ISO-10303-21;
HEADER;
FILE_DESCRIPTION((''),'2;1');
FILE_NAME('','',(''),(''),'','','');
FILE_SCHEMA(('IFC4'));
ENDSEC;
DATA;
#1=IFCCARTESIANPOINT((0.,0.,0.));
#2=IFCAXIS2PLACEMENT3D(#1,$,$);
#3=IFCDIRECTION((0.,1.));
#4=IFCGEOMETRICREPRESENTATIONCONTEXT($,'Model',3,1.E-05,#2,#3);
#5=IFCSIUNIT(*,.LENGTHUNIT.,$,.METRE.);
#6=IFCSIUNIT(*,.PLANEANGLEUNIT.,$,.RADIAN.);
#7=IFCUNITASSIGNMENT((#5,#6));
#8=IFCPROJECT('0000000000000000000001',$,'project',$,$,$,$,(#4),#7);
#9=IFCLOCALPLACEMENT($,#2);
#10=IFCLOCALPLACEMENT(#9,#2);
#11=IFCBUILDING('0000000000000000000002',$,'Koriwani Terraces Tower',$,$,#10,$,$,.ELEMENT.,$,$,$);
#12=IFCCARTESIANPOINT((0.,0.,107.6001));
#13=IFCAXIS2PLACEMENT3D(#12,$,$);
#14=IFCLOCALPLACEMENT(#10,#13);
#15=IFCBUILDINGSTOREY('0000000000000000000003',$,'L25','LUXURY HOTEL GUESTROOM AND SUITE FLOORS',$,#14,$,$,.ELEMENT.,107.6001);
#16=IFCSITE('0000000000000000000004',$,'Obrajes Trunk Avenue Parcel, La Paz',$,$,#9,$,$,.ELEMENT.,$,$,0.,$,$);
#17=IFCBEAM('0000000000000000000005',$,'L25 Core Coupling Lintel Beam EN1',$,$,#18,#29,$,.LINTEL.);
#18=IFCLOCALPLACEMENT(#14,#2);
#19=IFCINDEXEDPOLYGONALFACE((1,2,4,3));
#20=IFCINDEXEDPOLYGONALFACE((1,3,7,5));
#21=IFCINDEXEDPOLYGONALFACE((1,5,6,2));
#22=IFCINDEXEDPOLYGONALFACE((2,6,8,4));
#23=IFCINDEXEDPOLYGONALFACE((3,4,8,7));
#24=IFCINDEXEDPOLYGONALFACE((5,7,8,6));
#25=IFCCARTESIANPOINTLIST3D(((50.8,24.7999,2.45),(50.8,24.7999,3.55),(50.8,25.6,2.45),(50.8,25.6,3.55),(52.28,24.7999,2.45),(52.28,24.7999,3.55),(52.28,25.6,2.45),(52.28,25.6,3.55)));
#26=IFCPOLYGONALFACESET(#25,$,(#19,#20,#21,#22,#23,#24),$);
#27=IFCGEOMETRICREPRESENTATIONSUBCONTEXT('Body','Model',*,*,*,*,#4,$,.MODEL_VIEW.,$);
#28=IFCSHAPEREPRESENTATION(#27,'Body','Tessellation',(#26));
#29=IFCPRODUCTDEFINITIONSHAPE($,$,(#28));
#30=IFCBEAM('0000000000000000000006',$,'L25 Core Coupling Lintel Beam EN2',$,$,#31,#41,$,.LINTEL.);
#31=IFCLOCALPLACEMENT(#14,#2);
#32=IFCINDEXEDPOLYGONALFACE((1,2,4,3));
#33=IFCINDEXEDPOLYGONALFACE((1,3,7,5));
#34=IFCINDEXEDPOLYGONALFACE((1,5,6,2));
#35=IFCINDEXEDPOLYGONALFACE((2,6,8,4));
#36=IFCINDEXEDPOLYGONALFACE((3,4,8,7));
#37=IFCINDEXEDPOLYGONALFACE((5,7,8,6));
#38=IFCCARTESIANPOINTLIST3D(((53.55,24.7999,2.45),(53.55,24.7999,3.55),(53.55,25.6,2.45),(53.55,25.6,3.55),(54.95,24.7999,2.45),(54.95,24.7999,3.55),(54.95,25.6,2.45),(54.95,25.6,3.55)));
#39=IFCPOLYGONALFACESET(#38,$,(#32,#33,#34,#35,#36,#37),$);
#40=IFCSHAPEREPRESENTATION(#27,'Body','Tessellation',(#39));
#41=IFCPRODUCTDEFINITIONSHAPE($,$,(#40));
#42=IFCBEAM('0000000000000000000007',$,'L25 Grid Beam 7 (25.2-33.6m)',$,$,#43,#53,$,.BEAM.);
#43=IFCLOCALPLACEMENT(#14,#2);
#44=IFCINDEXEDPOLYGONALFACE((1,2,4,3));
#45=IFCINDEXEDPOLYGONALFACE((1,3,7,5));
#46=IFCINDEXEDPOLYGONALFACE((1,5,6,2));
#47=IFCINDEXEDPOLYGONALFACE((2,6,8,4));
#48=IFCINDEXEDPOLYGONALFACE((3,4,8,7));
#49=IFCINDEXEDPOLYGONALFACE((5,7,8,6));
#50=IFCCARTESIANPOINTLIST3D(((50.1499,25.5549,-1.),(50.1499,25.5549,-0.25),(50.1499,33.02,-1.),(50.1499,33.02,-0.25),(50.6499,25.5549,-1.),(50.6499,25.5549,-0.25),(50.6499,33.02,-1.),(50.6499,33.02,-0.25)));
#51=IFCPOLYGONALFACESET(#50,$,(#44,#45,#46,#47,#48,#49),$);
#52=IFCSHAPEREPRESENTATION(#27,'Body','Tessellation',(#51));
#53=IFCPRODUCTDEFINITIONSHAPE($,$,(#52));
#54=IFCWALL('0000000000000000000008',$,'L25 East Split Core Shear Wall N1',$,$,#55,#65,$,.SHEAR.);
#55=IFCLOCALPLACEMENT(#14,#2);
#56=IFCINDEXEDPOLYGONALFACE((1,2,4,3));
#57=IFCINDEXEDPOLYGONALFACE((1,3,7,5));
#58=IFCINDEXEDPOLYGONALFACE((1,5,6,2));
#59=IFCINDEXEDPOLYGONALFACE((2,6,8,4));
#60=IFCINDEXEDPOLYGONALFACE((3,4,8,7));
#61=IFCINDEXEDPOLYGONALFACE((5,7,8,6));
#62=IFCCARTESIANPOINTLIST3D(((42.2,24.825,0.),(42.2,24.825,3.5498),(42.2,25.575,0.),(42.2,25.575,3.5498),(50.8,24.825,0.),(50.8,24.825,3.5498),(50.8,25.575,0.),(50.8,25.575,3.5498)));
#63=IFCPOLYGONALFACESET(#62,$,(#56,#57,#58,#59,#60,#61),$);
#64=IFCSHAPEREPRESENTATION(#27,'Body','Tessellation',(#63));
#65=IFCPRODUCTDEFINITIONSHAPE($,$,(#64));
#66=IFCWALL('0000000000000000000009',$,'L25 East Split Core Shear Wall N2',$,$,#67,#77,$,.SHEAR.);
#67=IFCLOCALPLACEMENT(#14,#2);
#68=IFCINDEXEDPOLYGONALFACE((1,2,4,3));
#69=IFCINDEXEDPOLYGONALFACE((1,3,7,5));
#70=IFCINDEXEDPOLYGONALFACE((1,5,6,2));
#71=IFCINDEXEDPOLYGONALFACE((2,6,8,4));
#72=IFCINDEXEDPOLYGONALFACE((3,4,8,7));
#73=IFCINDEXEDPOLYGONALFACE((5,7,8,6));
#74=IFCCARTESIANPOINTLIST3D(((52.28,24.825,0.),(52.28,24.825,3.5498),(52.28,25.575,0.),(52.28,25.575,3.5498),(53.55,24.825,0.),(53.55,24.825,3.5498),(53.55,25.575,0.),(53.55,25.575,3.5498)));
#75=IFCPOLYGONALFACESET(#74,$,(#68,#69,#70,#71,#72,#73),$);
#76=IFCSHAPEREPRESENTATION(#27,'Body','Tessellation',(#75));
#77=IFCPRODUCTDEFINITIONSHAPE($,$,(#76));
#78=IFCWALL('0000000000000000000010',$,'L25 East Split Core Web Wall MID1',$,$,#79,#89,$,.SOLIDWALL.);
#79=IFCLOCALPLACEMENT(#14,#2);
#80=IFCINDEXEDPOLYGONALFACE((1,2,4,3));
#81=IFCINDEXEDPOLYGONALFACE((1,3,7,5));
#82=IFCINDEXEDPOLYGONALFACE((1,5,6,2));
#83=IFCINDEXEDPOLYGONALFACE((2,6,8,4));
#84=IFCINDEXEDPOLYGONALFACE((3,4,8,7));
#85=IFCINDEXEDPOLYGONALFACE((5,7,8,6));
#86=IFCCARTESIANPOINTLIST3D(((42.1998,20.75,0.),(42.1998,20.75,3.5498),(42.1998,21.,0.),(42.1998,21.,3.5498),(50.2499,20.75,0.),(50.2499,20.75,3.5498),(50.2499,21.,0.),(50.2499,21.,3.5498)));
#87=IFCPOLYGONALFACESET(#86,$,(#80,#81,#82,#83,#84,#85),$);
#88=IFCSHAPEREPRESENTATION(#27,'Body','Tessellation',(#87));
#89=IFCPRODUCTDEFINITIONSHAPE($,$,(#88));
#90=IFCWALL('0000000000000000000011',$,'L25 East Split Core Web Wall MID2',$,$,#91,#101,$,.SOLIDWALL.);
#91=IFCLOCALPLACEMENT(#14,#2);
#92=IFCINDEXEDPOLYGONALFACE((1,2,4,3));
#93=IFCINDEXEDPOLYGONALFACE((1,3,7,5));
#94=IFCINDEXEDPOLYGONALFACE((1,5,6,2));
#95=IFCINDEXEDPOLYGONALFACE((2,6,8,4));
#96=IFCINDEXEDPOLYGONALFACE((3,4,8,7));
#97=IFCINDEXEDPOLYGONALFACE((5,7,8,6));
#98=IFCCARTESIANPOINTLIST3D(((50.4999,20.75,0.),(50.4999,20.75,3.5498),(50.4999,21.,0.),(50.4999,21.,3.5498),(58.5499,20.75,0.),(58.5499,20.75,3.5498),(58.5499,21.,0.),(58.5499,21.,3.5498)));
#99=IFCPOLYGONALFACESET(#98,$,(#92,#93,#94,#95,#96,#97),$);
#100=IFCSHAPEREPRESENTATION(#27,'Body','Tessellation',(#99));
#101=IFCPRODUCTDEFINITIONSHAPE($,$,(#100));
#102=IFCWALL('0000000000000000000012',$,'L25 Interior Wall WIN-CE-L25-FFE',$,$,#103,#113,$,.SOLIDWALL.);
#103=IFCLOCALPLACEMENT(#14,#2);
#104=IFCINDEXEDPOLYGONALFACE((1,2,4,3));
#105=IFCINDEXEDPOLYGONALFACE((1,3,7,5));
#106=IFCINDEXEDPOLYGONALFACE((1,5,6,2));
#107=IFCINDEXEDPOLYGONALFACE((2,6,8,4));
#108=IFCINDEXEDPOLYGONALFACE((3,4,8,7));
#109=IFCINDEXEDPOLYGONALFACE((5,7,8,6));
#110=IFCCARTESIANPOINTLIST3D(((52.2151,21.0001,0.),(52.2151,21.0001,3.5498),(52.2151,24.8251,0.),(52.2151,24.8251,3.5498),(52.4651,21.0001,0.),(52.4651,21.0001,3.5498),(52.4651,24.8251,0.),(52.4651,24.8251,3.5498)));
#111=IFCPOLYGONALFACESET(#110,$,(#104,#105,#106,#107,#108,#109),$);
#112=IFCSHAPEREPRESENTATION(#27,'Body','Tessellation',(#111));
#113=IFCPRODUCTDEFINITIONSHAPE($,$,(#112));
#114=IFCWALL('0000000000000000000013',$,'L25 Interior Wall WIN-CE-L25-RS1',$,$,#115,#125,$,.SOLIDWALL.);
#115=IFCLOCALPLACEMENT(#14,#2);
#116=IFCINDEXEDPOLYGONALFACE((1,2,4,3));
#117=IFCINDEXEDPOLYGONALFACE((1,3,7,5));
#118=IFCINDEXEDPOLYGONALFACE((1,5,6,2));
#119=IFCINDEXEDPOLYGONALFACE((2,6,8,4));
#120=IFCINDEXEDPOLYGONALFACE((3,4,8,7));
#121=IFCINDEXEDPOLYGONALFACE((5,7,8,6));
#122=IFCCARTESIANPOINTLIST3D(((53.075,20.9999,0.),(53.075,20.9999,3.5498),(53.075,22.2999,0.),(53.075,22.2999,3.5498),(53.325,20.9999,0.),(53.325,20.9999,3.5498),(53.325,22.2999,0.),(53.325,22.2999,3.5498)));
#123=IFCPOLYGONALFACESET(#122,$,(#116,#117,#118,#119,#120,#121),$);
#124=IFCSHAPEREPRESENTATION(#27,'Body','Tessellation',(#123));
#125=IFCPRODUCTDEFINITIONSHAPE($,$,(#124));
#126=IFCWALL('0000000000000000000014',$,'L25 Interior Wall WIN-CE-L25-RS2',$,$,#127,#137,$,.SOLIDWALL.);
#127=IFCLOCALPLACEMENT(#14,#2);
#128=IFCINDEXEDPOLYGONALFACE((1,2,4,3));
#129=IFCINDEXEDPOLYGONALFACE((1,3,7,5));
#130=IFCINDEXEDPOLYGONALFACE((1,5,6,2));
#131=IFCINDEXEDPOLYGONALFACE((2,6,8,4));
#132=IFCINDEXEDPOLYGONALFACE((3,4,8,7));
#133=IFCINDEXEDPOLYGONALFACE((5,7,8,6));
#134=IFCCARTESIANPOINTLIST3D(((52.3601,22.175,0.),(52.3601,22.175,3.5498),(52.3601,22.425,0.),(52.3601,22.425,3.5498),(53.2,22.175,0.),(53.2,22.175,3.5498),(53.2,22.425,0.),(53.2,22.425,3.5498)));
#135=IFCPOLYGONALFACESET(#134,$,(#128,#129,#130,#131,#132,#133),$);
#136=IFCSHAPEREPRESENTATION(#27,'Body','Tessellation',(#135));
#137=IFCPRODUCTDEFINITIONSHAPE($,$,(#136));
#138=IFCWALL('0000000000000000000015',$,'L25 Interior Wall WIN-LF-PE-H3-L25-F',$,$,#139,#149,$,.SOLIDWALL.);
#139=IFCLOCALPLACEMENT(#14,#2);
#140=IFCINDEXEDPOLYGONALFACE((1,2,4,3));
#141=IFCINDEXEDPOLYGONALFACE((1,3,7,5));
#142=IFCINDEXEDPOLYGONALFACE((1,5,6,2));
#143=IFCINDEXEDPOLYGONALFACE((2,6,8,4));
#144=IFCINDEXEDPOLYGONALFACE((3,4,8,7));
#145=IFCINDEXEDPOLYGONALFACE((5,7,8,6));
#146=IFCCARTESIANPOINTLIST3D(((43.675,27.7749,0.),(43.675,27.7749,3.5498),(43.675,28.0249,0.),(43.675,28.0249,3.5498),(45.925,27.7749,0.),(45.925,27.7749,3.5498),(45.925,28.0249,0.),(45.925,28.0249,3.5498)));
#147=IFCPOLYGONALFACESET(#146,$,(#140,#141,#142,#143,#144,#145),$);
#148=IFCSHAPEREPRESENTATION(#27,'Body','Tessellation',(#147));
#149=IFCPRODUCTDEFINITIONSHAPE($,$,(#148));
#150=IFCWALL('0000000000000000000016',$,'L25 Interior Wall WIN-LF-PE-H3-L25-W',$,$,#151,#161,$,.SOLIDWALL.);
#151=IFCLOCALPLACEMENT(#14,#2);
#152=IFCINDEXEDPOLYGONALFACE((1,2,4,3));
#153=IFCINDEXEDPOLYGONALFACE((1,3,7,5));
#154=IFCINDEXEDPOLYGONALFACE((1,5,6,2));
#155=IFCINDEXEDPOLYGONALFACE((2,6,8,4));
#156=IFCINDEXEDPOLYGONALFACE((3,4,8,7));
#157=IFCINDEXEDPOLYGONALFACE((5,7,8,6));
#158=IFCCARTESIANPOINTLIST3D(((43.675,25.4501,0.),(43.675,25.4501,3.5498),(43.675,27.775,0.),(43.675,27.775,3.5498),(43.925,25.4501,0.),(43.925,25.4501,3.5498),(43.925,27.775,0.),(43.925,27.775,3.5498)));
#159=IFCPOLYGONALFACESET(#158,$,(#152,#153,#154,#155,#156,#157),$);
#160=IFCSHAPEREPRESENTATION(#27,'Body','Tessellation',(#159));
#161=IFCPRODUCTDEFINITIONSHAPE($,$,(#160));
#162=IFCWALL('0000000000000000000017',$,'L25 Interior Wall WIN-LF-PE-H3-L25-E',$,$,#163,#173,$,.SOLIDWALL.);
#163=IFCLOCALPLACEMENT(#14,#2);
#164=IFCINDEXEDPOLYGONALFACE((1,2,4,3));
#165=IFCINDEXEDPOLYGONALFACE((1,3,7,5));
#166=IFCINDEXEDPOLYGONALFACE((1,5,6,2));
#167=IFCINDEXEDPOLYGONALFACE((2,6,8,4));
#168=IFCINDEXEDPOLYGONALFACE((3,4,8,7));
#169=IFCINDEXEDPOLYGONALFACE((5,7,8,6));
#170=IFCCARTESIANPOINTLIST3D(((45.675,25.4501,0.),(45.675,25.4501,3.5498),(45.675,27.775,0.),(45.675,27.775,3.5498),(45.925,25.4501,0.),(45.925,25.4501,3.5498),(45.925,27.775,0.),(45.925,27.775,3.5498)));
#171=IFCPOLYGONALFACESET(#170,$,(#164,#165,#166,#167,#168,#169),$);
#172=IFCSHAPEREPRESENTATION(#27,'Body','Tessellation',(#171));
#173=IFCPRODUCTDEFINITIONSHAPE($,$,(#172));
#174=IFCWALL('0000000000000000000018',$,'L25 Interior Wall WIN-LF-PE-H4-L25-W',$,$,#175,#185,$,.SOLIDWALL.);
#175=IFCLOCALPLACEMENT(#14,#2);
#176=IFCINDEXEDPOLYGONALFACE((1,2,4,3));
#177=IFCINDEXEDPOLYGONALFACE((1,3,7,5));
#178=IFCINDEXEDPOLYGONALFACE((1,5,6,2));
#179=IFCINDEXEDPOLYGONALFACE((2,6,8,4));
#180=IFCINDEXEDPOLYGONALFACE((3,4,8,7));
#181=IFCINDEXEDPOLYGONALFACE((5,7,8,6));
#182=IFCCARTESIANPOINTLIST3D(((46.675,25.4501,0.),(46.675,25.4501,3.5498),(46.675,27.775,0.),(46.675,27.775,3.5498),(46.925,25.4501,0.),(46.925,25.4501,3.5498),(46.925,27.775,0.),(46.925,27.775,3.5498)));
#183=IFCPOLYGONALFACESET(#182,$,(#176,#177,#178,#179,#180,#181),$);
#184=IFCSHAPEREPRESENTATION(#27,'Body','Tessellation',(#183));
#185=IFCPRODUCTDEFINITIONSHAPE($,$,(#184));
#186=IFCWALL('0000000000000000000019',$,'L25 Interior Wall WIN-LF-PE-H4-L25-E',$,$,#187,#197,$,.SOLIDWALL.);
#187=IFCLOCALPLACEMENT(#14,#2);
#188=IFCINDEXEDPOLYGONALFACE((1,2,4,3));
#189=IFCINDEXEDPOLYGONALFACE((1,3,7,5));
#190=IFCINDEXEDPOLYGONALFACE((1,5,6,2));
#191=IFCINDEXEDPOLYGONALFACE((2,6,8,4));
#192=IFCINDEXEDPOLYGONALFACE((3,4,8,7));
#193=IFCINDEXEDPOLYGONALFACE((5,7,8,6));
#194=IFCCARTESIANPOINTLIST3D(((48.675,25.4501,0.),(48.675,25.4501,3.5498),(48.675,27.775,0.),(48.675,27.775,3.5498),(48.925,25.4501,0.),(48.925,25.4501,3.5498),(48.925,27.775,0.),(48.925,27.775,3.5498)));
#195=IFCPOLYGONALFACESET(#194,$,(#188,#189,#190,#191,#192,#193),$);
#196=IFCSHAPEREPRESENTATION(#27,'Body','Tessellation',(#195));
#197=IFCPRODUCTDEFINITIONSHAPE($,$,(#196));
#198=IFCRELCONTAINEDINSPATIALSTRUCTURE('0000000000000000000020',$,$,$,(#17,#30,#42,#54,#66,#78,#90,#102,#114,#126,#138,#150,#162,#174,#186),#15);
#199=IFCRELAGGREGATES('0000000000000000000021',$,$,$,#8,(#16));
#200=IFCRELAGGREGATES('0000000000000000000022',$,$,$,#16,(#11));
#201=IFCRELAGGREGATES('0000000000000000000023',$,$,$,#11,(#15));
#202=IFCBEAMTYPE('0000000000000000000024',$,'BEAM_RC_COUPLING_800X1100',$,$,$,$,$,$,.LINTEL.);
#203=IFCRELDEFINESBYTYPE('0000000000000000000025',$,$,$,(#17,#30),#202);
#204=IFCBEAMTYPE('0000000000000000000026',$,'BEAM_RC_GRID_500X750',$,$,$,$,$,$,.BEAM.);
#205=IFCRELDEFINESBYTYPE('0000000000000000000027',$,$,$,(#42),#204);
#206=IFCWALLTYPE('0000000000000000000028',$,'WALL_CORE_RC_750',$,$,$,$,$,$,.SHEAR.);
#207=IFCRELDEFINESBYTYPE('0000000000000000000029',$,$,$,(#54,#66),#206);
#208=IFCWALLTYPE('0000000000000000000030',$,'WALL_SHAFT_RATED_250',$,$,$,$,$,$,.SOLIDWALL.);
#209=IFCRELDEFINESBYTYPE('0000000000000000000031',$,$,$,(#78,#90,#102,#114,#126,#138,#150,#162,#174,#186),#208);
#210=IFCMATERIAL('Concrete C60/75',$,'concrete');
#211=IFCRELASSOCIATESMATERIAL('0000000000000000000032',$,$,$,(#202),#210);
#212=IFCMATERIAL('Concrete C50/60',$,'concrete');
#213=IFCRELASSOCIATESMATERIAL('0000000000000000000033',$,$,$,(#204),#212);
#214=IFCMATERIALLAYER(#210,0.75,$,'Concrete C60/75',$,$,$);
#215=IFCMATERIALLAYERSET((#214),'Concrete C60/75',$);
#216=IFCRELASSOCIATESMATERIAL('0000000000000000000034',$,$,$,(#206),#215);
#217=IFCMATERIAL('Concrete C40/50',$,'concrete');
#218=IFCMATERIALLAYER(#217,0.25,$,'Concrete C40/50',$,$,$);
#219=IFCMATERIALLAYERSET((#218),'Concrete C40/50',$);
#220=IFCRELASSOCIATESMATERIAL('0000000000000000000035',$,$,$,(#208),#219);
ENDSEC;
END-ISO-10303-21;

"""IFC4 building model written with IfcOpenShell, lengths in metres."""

from ifc_helpers import new_model, si_unit, direction, frame, frame_2d, origin, origin_2d, place, context, subcontext, project, spatial, rectangle, extrude, material, layer, layer_set, material_profile, profile_set, type_object, element, save


model = new_model("IFC4")

# Units and contexts
model_context = context("Model", 3, precision=1e-05, world=origin(), true_north=direction((0.0, 1.0)))
body_context = subcontext(model_context, "Body", "Model", "MODEL_VIEW")
ifc_project = project(units=[si_unit("LENGTHUNIT", "METRE"), si_unit("PLANEANGLEUNIT", "RADIAN")], contexts=[model_context])

# Site, building, storey
site_placement = place(None, origin())
site = spatial("IfcSite", under=ifc_project, at=site_placement, Name="Obrajes Trunk Avenue Parcel, La Paz", CompositionType="ELEMENT", RefElevation=0.0)
building_placement = place(site_placement, origin())
building = spatial("IfcBuilding", under=site, at=building_placement, Name="Koriwani Terraces Tower", CompositionType="ELEMENT")
storey_placement = place(building_placement, frame((0.0, 0.0, 107.6001)))
storey = spatial("IfcBuildingStorey", under=building, at=storey_placement, Name="L25", Description="LUXURY HOTEL GUESTROOM AND SUITE FLOORS", CompositionType="ELEMENT", Elevation=107.6001)

# Beams
ifc_material_1 = material(Name="Concrete C60/75", Category="concrete")
ifc_material_profile_1 = material_profile(ifc_material_1, rectangle(XDim=0.8, YDim=1.1001, at=origin_2d()), Name="Concrete C60/75", Category="LoadBearing")
ifc_profile_set_1 = profile_set([ifc_material_profile_1], Name="Concrete C60/75")
beam_type_1 = type_object("IfcBeamType", Name="BEAM_RC_COUPLING_800X1100", PredefinedType="LINTEL", material=ifc_profile_set_1)
beam_1_placement = place(storey_placement, frame((50.8, 25.2, 3.0), z_axis=(1.0, 0.0, 0.0), x_axis=(0.0, 1.0, 0.0)))
element("IfcBeam", 1, at=beam_1_placement, inside=storey, type_object=beam_type_1, Name="L25 Core Coupling Lintel Beam EN1", PredefinedType="LINTEL", context=body_context, shape_type="SweptSolid", body=[
    extrude(rectangle(XDim=0.8, YDim=1.1001, at=origin_2d()), origin(), (0.0, 0.0, 1.0), 1.48),
])
beam_2_placement = place(storey_placement, frame((53.55, 25.2, 3.0), z_axis=(1.0, 0.0, 0.0), x_axis=(0.0, 1.0, 0.0)))
element("IfcBeam", 2, at=beam_2_placement, inside=storey, type_object=beam_type_1, Name="L25 Core Coupling Lintel Beam EN2", PredefinedType="LINTEL", context=body_context, shape_type="SweptSolid", body=[
    extrude(rectangle(XDim=0.8, YDim=1.1001, at=origin_2d()), origin(), (0.0, 0.0, 1.0), 1.3999),
])
ifc_material_2 = material(Name="Concrete C50/60", Category="concrete")
ifc_material_profile_2 = material_profile(ifc_material_2, rectangle(XDim=0.5, YDim=0.75, at=origin_2d()), Name="Concrete C50/60", Category="LoadBearing")
ifc_profile_set_2 = profile_set([ifc_material_profile_2], Name="Concrete C50/60")
beam_type_2 = type_object("IfcBeamType", Name="BEAM_RC_GRID_500X750", PredefinedType="BEAM", material=ifc_profile_set_2)
beam_3_placement = place(storey_placement, frame((50.3999, 25.5549, -0.625), z_axis=(0.0, 1.0, 0.0), x_axis=(-1.0, 0.0, 0.0)))
element("IfcBeam", 3, at=beam_3_placement, inside=storey, type_object=beam_type_2, Name="L25 Grid Beam 7 (25.2-33.6m)", PredefinedType="BEAM", context=body_context, shape_type="SweptSolid", body=[
    extrude(rectangle(XDim=0.5, YDim=0.75, at=origin_2d()), origin(), (0.0, 0.0, 1.0), 7.4651),
])

# Walls
ifc_layer_1 = layer(ifc_material_1, 0.75, Name="Concrete C60/75")
ifc_layer_set_1 = layer_set([ifc_layer_1], Name="Concrete C60/75")
wall_type_1 = type_object("IfcWallType", Name="WALL_CORE_RC_750", PredefinedType="SHEAR", material=ifc_layer_set_1)
wall_1_placement = place(storey_placement, frame((42.2, 25.2, 0.0), z_axis=(0.0, 0.0, 1.0), x_axis=(1.0, 0.0, 0.0)))
element("IfcWall", 4, at=wall_1_placement, inside=storey, type_object=wall_type_1, Name="L25 East Split Core Shear Wall N1", PredefinedType="SHEAR", context=body_context, shape_type="SweptSolid", body=[
    extrude(rectangle(XDim=8.6001, YDim=0.75, at=frame_2d((4.3, 0.0))), origin(), (0.0, 0.0, 1.0), 3.5498),
])
wall_2_placement = place(storey_placement, frame((52.28, 25.2, 0.0), z_axis=(0.0, 0.0, 1.0), x_axis=(1.0, 0.0, 0.0)))
element("IfcWall", 5, at=wall_2_placement, inside=storey, type_object=wall_type_1, Name="L25 East Split Core Shear Wall N2", PredefinedType="SHEAR", context=body_context, shape_type="SweptSolid", body=[
    extrude(rectangle(XDim=1.27, YDim=0.75, at=frame_2d((0.635, 0.0))), origin(), (0.0, 0.0, 1.0), 3.5498),
])
ifc_material_3 = material(Name="Concrete C40/50", Category="concrete")
ifc_layer_2 = layer(ifc_material_3, 0.25, Name="Concrete C40/50")
ifc_layer_set_2 = layer_set([ifc_layer_2], Name="Concrete C40/50")
wall_type_2 = type_object("IfcWallType", Name="WALL_SHAFT_RATED_250", PredefinedType="SOLIDWALL", material=ifc_layer_set_2)
for number, where, z_axis, x_axis, name in (
    (6, (42.2, 20.875, 0.0), (0.0, 0.0, 1.0), (1.0, 0.0, 0.0), "L25 East Split Core Web Wall MID1"),
    (7, (50.5, 20.875, 0.0), (0.0, 0.0, 1.0), (1.0, 0.0, 0.0), "L25 East Split Core Web Wall MID2"),
):
    element("IfcWall", number, at=place(storey_placement, frame(where, z_axis=z_axis, x_axis=x_axis)), inside=storey, type_object=wall_type_2, Name=name, PredefinedType="SOLIDWALL", context=body_context, shape_type="SweptSolid", body=[
        extrude(rectangle(XDim=8.05, YDim=0.25, at=frame_2d((4.0249, 0.0))), origin(), (0.0, 0.0, 1.0), 3.5498),
    ])

# Wall
wall_3_placement = place(storey_placement, frame((52.3401, 21.0, 0.0), z_axis=(0.0, 0.0, 1.0), x_axis=(0.0, 1.0, 0.0)))
element("IfcWall", 8, at=wall_3_placement, inside=storey, type_object=wall_type_2, Name="L25 Interior Wall WIN-CE-L25-FFE", PredefinedType="SOLIDWALL", context=body_context, shape_type="SweptSolid", body=[
    extrude(rectangle(XDim=3.825, YDim=0.25, at=frame_2d((1.9126, 0.0))), origin(), (0.0, 0.0, 1.0), 3.5498),
])

# Walls
wall_4_placement = place(storey_placement, frame((53.2, 21.0, 0.0), z_axis=(0.0, 0.0, 1.0), x_axis=(0.0, 1.0, 0.0)))
element("IfcWall", 9, at=wall_4_placement, inside=storey, type_object=wall_type_2, Name="L25 Interior Wall WIN-CE-L25-RS1", PredefinedType="SOLIDWALL", context=body_context, shape_type="SweptSolid", body=[
    extrude(rectangle(XDim=1.3, YDim=0.25, at=frame_2d((0.6499, 0.0))), origin(), (0.0, 0.0, 1.0), 3.5498),
])
wall_5_placement = place(storey_placement, frame((52.3601, 22.3, 0.0), z_axis=(0.0, 0.0, 1.0), x_axis=(1.0, 0.0, 0.0)))
element("IfcWall", 10, at=wall_5_placement, inside=storey, type_object=wall_type_2, Name="L25 Interior Wall WIN-CE-L25-RS2", PredefinedType="SOLIDWALL", context=body_context, shape_type="SweptSolid", body=[
    extrude(rectangle(XDim=0.8398, YDim=0.25, at=frame_2d((0.4199, 0.0))), origin(), (0.0, 0.0, 1.0), 3.5498),
])
wall_6_placement = place(storey_placement, frame((43.675, 27.8999, 0.0), z_axis=(0.0, 0.0, 1.0), x_axis=(1.0, 0.0, 0.0)))
element("IfcWall", 11, at=wall_6_placement, inside=storey, type_object=wall_type_2, Name="L25 Interior Wall WIN-LF-PE-H3-L25-F", PredefinedType="SOLIDWALL", context=body_context, shape_type="SweptSolid", body=[
    extrude(rectangle(XDim=2.25, YDim=0.25, at=frame_2d((1.125, 0.0))), origin(), (0.0, 0.0, 1.0), 3.5498),
])
for number, where, z_axis, x_axis, name in (
    (12, (43.8, 25.45, 0.0), (0.0, 0.0, 1.0), (0.0, 1.0, 0.0), "L25 Interior Wall WIN-LF-PE-H3-L25-W"),
    (13, (45.8, 25.45, 0.0), (0.0, 0.0, 1.0), (0.0, 1.0, 0.0), "L25 Interior Wall WIN-LF-PE-H3-L25-E"),
    (14, (46.8, 25.45, 0.0), (0.0, 0.0, 1.0), (0.0, 1.0, 0.0), "L25 Interior Wall WIN-LF-PE-H4-L25-W"),
    (15, (48.8, 25.45, 0.0), (0.0, 0.0, 1.0), (0.0, 1.0, 0.0), "L25 Interior Wall WIN-LF-PE-H4-L25-E"),
):
    element("IfcWall", number, at=place(storey_placement, frame(where, z_axis=z_axis, x_axis=x_axis)), inside=storey, type_object=wall_type_2, Name=name, PredefinedType="SOLIDWALL", context=body_context, shape_type="SweptSolid", body=[
        extrude(rectangle(XDim=2.325, YDim=0.25, at=frame_2d((1.1626, 0.0))), origin(), (0.0, 0.0, 1.0), 3.5498),
    ])

save(model, "model.ifc")
